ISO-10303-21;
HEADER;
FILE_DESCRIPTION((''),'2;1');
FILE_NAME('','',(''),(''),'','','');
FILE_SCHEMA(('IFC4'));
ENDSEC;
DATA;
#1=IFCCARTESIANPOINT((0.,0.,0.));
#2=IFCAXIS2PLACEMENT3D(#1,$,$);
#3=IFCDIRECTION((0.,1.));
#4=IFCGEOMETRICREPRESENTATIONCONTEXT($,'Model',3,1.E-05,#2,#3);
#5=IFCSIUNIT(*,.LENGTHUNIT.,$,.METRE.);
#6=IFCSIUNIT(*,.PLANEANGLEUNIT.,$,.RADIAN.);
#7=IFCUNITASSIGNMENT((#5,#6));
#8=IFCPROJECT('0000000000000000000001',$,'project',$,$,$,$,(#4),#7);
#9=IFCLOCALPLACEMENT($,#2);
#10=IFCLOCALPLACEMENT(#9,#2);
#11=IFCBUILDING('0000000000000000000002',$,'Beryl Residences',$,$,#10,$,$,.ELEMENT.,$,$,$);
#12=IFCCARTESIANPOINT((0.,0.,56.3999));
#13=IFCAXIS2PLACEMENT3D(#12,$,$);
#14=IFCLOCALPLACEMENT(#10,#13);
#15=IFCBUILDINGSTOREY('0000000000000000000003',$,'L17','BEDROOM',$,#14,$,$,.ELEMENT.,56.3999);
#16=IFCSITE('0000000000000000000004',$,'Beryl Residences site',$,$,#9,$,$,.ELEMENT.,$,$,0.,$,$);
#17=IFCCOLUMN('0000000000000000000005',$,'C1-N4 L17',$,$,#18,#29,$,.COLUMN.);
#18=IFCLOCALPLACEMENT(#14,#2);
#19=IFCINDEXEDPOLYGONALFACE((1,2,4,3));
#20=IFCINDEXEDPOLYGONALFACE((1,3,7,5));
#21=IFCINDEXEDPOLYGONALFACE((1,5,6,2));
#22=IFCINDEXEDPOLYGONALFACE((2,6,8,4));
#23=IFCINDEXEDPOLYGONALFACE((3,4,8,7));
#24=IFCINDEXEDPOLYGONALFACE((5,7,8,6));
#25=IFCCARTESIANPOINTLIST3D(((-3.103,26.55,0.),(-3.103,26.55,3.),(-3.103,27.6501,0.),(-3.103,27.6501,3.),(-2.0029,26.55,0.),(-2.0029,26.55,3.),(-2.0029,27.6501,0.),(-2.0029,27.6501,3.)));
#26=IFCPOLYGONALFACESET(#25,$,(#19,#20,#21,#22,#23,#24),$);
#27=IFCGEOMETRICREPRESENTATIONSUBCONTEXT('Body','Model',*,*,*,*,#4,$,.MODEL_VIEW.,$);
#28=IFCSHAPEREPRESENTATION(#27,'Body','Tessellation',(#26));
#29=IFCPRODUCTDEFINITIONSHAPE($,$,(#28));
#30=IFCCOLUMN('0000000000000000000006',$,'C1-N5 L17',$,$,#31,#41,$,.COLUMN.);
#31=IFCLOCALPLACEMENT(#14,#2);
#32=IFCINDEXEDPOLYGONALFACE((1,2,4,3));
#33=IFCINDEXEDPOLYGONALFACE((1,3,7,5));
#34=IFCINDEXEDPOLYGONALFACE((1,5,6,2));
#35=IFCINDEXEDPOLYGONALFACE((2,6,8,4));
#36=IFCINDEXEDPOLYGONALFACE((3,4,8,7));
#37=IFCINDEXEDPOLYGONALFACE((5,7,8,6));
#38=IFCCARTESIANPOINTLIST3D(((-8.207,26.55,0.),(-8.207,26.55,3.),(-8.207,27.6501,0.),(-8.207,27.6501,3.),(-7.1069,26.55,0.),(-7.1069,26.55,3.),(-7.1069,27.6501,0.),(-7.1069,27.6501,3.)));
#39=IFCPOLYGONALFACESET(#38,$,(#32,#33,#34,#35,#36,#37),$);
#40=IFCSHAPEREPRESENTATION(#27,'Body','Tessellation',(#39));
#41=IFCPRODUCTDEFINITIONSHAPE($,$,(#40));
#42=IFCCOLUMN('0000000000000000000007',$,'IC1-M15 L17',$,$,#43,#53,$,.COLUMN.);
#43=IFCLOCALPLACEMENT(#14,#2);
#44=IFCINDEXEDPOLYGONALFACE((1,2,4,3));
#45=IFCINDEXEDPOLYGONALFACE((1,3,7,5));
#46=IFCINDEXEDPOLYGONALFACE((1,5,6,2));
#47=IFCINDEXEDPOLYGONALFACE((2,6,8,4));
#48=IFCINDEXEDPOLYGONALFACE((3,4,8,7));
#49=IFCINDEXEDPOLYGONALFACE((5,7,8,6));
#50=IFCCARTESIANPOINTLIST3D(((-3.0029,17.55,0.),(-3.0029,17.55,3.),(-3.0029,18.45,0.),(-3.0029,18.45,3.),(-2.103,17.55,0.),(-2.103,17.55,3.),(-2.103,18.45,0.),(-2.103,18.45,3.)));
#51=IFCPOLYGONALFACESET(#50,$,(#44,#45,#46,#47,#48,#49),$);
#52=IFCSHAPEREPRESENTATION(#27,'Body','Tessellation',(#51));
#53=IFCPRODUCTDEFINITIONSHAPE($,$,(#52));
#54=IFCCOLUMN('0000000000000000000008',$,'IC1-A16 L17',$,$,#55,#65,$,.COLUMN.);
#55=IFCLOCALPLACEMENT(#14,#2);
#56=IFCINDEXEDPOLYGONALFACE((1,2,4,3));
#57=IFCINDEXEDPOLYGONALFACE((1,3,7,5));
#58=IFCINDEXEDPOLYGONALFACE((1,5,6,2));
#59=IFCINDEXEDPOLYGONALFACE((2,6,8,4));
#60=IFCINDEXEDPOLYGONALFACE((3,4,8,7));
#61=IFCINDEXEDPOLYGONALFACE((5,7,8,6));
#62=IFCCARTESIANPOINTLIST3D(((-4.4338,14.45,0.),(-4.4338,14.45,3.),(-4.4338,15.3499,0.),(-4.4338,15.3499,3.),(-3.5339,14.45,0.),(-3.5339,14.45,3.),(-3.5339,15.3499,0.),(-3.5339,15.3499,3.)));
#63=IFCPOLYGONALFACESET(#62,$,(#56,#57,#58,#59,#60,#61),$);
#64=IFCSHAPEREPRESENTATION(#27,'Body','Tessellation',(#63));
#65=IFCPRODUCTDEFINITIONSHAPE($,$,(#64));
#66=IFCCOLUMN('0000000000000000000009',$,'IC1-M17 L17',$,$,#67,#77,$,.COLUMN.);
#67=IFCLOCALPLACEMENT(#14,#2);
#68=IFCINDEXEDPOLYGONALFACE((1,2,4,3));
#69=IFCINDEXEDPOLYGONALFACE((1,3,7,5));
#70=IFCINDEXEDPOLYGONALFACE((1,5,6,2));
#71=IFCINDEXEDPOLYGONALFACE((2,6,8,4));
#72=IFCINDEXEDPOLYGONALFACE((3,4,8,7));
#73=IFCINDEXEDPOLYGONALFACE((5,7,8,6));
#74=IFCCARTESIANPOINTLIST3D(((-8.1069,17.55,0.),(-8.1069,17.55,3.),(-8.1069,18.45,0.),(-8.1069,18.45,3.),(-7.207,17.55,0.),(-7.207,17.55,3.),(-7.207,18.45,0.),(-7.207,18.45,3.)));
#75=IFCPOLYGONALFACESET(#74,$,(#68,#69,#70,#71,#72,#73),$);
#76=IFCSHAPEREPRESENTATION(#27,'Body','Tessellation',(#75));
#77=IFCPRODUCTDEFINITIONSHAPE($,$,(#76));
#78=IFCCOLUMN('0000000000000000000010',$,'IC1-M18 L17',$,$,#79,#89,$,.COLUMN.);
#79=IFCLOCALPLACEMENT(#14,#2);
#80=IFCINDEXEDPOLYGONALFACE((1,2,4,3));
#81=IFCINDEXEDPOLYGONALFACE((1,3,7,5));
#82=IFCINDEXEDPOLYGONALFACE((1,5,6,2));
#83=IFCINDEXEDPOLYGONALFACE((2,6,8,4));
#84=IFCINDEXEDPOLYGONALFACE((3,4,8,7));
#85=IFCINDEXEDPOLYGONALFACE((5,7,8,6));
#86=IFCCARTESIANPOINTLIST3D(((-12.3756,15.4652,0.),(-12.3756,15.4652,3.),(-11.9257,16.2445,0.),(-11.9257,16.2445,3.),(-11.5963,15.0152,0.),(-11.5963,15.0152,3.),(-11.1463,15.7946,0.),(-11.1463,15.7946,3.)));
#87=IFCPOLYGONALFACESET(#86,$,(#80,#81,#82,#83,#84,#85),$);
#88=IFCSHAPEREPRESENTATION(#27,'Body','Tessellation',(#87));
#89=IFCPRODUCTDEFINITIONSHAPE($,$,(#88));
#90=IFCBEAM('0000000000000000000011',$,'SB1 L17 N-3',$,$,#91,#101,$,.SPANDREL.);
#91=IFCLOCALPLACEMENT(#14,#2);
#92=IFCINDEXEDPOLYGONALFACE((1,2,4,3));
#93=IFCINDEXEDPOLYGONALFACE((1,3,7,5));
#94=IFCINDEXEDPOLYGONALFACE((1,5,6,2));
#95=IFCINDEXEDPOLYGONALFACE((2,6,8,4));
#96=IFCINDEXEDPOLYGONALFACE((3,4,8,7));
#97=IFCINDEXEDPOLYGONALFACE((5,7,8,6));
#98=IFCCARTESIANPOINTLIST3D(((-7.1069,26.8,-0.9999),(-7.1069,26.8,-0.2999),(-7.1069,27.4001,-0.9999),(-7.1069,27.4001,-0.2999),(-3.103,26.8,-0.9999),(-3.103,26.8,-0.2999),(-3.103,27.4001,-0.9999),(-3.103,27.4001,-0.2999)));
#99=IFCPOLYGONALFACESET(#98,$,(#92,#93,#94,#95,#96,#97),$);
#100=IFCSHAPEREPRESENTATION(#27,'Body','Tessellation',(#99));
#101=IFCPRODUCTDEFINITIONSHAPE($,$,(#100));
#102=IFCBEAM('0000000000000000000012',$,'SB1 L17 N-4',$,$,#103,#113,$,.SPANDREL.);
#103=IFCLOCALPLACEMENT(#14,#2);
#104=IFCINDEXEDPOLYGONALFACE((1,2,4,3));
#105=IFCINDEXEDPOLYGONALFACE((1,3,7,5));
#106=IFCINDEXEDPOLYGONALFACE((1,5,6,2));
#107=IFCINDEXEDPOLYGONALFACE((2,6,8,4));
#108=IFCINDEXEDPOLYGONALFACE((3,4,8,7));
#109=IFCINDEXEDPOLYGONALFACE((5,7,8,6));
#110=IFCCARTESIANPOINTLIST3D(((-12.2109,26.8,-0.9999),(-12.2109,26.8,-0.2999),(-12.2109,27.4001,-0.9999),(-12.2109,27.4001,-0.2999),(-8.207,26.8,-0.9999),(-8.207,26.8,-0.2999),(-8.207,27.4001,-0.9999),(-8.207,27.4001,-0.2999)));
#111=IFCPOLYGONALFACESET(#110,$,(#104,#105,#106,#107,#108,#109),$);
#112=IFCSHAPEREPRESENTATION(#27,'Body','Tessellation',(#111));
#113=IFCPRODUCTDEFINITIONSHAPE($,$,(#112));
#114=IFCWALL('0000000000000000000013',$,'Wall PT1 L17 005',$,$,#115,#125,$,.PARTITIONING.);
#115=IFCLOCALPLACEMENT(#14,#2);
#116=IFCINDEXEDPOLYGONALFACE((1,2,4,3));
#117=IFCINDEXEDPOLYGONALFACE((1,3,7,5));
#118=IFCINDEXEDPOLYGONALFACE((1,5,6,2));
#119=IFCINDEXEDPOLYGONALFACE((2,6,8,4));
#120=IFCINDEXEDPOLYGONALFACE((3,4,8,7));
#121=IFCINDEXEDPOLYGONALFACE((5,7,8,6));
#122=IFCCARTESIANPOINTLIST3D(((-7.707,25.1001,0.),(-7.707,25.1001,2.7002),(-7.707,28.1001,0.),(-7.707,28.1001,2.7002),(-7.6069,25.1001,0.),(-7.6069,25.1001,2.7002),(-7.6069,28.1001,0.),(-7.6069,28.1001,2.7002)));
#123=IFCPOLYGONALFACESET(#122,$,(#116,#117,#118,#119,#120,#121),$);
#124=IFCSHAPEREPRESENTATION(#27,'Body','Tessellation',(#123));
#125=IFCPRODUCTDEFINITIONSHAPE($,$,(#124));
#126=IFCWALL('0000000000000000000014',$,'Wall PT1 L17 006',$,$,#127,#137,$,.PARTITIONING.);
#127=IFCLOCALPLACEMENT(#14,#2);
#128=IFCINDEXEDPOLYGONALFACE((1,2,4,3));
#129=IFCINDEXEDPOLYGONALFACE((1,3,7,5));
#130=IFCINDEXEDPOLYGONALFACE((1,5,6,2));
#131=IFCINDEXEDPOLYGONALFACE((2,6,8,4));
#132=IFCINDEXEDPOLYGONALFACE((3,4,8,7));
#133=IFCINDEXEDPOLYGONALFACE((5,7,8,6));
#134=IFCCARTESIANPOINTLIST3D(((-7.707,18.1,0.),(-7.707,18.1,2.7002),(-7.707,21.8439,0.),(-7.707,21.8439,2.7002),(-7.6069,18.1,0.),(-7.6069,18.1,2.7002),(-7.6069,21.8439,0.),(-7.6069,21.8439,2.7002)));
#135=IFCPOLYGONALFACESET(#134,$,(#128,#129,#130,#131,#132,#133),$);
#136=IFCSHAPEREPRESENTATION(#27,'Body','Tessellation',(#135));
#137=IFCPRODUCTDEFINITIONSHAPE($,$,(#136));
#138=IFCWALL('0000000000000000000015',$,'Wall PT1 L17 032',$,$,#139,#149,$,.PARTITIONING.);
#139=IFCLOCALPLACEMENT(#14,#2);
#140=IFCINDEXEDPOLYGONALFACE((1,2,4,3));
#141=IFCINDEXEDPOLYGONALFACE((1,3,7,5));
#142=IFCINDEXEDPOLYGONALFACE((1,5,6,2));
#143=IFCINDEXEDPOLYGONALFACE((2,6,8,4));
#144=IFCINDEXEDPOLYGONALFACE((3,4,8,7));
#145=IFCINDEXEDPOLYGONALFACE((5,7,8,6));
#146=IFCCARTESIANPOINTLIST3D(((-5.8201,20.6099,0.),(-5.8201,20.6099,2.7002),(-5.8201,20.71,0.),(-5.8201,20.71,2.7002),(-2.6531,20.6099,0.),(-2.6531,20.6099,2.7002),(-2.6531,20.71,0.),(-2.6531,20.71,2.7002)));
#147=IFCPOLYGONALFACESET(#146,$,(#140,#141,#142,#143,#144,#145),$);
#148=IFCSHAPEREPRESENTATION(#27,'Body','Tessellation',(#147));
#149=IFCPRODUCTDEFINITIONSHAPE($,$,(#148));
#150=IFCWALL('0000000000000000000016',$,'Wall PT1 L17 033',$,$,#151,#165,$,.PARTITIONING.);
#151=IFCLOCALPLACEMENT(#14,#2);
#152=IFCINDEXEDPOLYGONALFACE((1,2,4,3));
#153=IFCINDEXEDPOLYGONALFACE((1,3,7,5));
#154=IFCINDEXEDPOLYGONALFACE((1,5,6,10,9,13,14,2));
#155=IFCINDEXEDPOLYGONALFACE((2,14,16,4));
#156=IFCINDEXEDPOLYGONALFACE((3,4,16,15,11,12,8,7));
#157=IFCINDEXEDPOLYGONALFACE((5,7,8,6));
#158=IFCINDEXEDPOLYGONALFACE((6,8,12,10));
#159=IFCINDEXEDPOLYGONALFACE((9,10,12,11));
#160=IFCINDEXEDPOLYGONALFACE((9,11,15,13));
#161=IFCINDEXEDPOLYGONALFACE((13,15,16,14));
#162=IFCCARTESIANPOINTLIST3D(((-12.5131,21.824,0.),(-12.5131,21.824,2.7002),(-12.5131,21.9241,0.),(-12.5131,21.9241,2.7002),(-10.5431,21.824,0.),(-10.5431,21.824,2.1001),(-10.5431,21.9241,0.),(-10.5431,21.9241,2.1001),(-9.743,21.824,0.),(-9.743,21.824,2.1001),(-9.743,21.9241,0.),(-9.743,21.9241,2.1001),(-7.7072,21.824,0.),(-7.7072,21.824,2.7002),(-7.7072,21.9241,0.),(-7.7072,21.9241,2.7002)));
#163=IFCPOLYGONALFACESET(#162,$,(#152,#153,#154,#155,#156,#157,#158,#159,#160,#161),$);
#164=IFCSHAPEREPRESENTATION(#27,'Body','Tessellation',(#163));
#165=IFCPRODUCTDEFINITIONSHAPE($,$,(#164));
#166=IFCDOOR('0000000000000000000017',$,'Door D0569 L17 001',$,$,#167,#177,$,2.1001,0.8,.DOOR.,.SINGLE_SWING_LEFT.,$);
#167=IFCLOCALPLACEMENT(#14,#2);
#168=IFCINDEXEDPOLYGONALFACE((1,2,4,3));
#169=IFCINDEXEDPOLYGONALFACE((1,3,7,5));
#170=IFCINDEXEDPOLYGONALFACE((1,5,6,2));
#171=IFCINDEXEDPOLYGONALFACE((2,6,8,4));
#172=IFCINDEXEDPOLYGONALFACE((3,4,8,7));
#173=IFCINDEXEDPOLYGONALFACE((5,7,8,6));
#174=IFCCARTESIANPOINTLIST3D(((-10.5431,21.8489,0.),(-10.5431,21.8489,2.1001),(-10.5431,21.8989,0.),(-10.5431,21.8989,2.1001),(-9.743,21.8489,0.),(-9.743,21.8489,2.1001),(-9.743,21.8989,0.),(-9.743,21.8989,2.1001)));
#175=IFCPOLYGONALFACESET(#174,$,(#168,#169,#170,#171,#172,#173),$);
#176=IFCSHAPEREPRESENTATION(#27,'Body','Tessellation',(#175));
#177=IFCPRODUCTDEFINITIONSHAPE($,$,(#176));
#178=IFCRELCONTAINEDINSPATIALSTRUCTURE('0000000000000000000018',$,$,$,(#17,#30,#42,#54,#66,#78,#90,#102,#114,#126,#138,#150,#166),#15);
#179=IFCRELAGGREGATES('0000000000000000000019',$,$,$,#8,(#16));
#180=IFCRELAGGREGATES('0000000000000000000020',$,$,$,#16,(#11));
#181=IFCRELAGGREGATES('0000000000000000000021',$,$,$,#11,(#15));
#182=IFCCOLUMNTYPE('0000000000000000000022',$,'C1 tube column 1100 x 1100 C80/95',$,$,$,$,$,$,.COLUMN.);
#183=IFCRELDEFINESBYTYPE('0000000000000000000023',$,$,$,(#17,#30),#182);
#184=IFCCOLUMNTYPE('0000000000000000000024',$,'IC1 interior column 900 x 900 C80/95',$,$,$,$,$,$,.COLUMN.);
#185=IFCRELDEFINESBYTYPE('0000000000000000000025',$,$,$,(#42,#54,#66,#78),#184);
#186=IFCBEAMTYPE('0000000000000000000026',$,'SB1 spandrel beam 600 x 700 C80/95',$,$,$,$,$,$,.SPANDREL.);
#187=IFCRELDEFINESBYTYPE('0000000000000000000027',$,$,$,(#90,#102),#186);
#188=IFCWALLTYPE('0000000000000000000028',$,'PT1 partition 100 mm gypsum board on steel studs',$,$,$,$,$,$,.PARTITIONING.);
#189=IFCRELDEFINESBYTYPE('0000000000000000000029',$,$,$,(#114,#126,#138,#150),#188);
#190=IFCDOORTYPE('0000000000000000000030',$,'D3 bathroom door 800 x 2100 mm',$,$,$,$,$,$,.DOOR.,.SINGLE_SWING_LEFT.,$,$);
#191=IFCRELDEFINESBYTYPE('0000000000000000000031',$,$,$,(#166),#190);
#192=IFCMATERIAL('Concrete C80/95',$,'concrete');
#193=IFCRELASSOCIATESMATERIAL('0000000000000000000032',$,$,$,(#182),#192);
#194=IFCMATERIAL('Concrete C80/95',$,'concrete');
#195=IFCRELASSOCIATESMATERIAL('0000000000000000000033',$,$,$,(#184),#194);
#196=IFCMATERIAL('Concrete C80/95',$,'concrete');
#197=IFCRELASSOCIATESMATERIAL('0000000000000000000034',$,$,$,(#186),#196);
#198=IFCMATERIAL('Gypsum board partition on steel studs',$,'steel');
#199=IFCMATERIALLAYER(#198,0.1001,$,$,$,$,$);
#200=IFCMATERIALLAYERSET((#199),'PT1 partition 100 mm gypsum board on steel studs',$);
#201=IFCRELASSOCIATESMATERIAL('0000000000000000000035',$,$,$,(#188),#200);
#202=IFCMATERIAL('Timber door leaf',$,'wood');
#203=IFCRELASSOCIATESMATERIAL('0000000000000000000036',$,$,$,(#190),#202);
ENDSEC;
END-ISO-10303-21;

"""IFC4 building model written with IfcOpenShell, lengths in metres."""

from ifc_helpers import new_model, si_unit, direction, frame, frame_2d, origin, origin_2d, place, context, subcontext, project, spatial, rectangle, extrude, material, layer, layer_set, material_profile, profile_set, type_object, element, fill, save


model = new_model("IFC4")

# Units and contexts
model_context = context("Model", 3, precision=1e-05, world=origin(), true_north=direction((0.0, 1.0)))
body_context = subcontext(model_context, "Body", "Model", "MODEL_VIEW")
ifc_project = project(units=[si_unit("LENGTHUNIT", "METRE"), si_unit("PLANEANGLEUNIT", "RADIAN")], contexts=[model_context])

# Site, building, storey
site_placement = place(None, origin())
site = spatial("IfcSite", under=ifc_project, at=site_placement, Name="Beryl Residences site", CompositionType="ELEMENT", RefElevation=0.0)
building_placement = place(site_placement, origin())
building = spatial("IfcBuilding", under=site, at=building_placement, Name="Beryl Residences", CompositionType="ELEMENT")
storey_placement = place(building_placement, frame((0.0, 0.0, 56.3999)))
storey = spatial("IfcBuildingStorey", under=building, at=storey_placement, Name="L17", Description="BEDROOM", CompositionType="ELEMENT", Elevation=56.3999)

# Columns
ifc_material_1 = material(Name="Concrete C80/95", Category="concrete")
ifc_material_profile_1 = material_profile(ifc_material_1, rectangle(XDim=1.1001, YDim=1.1001, at=origin_2d()))
ifc_profile_set_1 = profile_set([ifc_material_profile_1], Name="Concrete C80/95")
column_type_1 = type_object("IfcColumnType", Name="C1 tube column 1100 x 1100 C80/95", PredefinedType="COLUMN", material=ifc_profile_set_1)
for number, where, z_axis, x_axis, name in (
    (1, (-2.553, 27.1001, 0.0), (0.0, 0.0, 1.0), (-1.0, 0.0, 0.0), "C1-N4 L17"),
    (2, (-7.657, 27.1001, 0.0), (0.0, 0.0, 1.0), (-1.0, 0.0, 0.0), "C1-N5 L17"),
):
    element("IfcColumn", number, at=place(storey_placement, frame(where, z_axis=z_axis, x_axis=x_axis)), inside=storey, type_object=column_type_1, Name=name, PredefinedType="COLUMN", context=body_context, shape_type="SweptSolid", body=[
        extrude(rectangle(XDim=1.1001, YDim=1.1001, at=origin_2d()), origin(), (0.0, 0.0, 1.0), 3.0),
    ])
ifc_material_2 = material(Name="Concrete C80/95", Category="concrete")
ifc_material_profile_2 = material_profile(ifc_material_2, rectangle(XDim=0.8999, YDim=0.8999, at=origin_2d()))
ifc_profile_set_2 = profile_set([ifc_material_profile_2], Name="Concrete C80/95")
column_type_2 = type_object("IfcColumnType", Name="IC1 interior column 900 x 900 C80/95", PredefinedType="COLUMN", material=ifc_profile_set_2)
for number, where, z_axis, x_axis, name in (
    (3, (-2.553, 18.0, 0.0), (0.0, 0.0, 1.0), (-1.0, 0.0, 0.0), "IC1-M15 L17"),
    (4, (-3.9839, 14.8999, 0.0), (0.0, 0.0, 1.0), (1.0, 0.0, 0.0), "IC1-A16 L17"),
    (5, (-7.657, 18.0, 0.0), (0.0, 0.0, 1.0), (-1.0, 0.0, 0.0), "IC1-M17 L17"),
    (6, (-11.761, 15.6299, 0.0), (0.0, 0.0, 1.0), (-0.499985, -0.866034, 0.0), "IC1-M18 L17"),
):
    element("IfcColumn", number, at=place(storey_placement, frame(where, z_axis=z_axis, x_axis=x_axis)), inside=storey, type_object=column_type_2, Name=name, PredefinedType="COLUMN", context=body_context, shape_type="SweptSolid", body=[
        extrude(rectangle(XDim=0.8999, YDim=0.8999, at=origin_2d()), origin(), (0.0, 0.0, 1.0), 3.0),
    ])

# Beams
ifc_material_3 = material(Name="Concrete C80/95", Category="concrete")
ifc_material_profile_3 = material_profile(ifc_material_3, rectangle(XDim=0.6001, YDim=0.7, at=origin_2d()))
ifc_profile_set_3 = profile_set([ifc_material_profile_3], Name="Concrete C80/95")
beam_type = type_object("IfcBeamType", Name="SB1 spandrel beam 600 x 700 C80/95", PredefinedType="SPANDREL", material=ifc_profile_set_3)
for number, where, z_axis, x_axis, name in (
    (7, (-3.103, 27.1001, -0.6499), (-1.0, 0.0, 0.0), (0.0, -1.0, 0.0), "SB1 L17 N-3"),
    (8, (-8.207, 27.1001, -0.6499), (-1.0, 0.0, 0.0), (0.0, -1.0, 0.0), "SB1 L17 N-4"),
):
    element("IfcBeam", number, at=place(storey_placement, frame(where, z_axis=z_axis, x_axis=x_axis)), inside=storey, type_object=beam_type, Name=name, PredefinedType="SPANDREL", context=body_context, shape_type="SweptSolid", body=[
        extrude(rectangle(XDim=0.6001, YDim=0.7, at=origin_2d()), origin(), (0.0, 0.0, 1.0), 4.0039),
    ])

# Walls
ifc_material_4 = material(Name="Gypsum board partition on steel studs", Category="steel")
ifc_layer_1 = layer(ifc_material_4, 0.1001)
ifc_layer_set_1 = layer_set([ifc_layer_1], Name="PT1 partition 100 mm gypsum board on steel studs")
wall_type_1 = type_object("IfcWallType", Name="PT1 partition 100 mm gypsum board on steel studs", PredefinedType="PARTITIONING", material=ifc_layer_set_1)
wall_1_placement = place(storey_placement, frame((-7.657, 28.1001, 0.0), z_axis=(0.0, 0.0, 1.0), x_axis=(0.0, -1.0, 0.0)))
element("IfcWall", 9, at=wall_1_placement, inside=storey, type_object=wall_type_1, Name="Wall PT1 L17 005", PredefinedType="PARTITIONING", context=body_context, shape_type="SweptSolid", body=[
    extrude(rectangle(XDim=3.0, YDim=0.1001, at=frame_2d((1.5, 0.0))), origin(), (0.0, 0.0, 1.0), 2.7002),
])
wall_2_placement = place(storey_placement, frame((-7.657, 21.844, 0.0), z_axis=(0.0, 0.0, 1.0), x_axis=(0.0, -1.0, 0.0)))
element("IfcWall", 10, at=wall_2_placement, inside=storey, type_object=wall_type_1, Name="Wall PT1 L17 006", PredefinedType="PARTITIONING", context=body_context, shape_type="SweptSolid", body=[
    extrude(rectangle(XDim=3.7439, YDim=0.1001, at=frame_2d((1.8721, 0.0))), origin(), (0.0, 0.0, 1.0), 2.7002),
])
wall_3_placement = place(storey_placement, frame((-5.8201, 20.6599, 0.0), z_axis=(0.0, 0.0, 1.0), x_axis=(1.0, 0.0, 0.0)))
element("IfcWall", 11, at=wall_3_placement, inside=storey, type_object=wall_type_1, Name="Wall PT1 L17 032", PredefinedType="PARTITIONING", context=body_context, shape_type="SweptSolid", body=[
    extrude(rectangle(XDim=3.167, YDim=0.1001, at=frame_2d((1.5835, 0.0))), origin(), (0.0, 0.0, 1.0), 2.7002),
])

# Wall, opening, door
wall_4_placement = place(storey_placement, frame((-12.5129, 21.874, 0.0), z_axis=(0.0, 0.0, 1.0), x_axis=(1.0, 0.0, 0.0)))
wall_4 = element("IfcWall", 12, at=wall_4_placement, inside=storey, type_object=wall_type_1, Name="Wall PT1 L17 033", PredefinedType="PARTITIONING", context=body_context, shape_type="SweptSolid", body=[
    extrude(rectangle(XDim=4.8059, YDim=0.1001, at=frame_2d((2.4028, 0.0))), origin(), (0.0, 0.0, 1.0), 2.7002),
])
opening_1_placement = place(wall_4_placement, frame((1.97, 0.0, 0.0)))
opening_1 = element("IfcOpeningElement", 13, at=opening_1_placement, cuts=wall_4, PredefinedType="OPENING", context=body_context, shape_type="SweptSolid", body=[
    extrude(rectangle(XDim=0.8, YDim=2.1001, at=frame_2d((0.3999, 1.05))), frame((0.0, 0.0601, 0.0), z_axis=(0.0, -1.0, 0.0), x_axis=(1.0, 0.0, 0.0)), (0.0, 0.0, 1.0), 0.1201),
])
ifc_material_5 = material(Name="Timber door leaf", Category="wood")
door_type_1 = type_object("IfcDoorType", Name="D3 bathroom door 800 x 2100 mm", OperationType="SINGLE_SWING_LEFT", PredefinedType="DOOR", material=ifc_material_5)
door_1_placement = place(opening_1_placement, origin())
door_1 = element("IfcDoor", 14, at=door_1_placement, inside=storey, type_object=door_type_1, Name="Door D0569 L17 001", OperationType="SINGLE_SWING_LEFT", OverallHeight=2.1001, OverallWidth=0.8, PredefinedType="DOOR", context=body_context, shape_type="SweptSolid", body=[
    extrude(rectangle(XDim=0.8, YDim=2.1001, at=frame_2d((0.3999, 1.05))), frame((0.0, 0.0249, 0.0), z_axis=(0.0, -1.0, 0.0), x_axis=(1.0, 0.0, 0.0)), (0.0, 0.0, 1.0), 0.05),
])
fill(opening_1, door_1)

save(model, "model.ifc")
